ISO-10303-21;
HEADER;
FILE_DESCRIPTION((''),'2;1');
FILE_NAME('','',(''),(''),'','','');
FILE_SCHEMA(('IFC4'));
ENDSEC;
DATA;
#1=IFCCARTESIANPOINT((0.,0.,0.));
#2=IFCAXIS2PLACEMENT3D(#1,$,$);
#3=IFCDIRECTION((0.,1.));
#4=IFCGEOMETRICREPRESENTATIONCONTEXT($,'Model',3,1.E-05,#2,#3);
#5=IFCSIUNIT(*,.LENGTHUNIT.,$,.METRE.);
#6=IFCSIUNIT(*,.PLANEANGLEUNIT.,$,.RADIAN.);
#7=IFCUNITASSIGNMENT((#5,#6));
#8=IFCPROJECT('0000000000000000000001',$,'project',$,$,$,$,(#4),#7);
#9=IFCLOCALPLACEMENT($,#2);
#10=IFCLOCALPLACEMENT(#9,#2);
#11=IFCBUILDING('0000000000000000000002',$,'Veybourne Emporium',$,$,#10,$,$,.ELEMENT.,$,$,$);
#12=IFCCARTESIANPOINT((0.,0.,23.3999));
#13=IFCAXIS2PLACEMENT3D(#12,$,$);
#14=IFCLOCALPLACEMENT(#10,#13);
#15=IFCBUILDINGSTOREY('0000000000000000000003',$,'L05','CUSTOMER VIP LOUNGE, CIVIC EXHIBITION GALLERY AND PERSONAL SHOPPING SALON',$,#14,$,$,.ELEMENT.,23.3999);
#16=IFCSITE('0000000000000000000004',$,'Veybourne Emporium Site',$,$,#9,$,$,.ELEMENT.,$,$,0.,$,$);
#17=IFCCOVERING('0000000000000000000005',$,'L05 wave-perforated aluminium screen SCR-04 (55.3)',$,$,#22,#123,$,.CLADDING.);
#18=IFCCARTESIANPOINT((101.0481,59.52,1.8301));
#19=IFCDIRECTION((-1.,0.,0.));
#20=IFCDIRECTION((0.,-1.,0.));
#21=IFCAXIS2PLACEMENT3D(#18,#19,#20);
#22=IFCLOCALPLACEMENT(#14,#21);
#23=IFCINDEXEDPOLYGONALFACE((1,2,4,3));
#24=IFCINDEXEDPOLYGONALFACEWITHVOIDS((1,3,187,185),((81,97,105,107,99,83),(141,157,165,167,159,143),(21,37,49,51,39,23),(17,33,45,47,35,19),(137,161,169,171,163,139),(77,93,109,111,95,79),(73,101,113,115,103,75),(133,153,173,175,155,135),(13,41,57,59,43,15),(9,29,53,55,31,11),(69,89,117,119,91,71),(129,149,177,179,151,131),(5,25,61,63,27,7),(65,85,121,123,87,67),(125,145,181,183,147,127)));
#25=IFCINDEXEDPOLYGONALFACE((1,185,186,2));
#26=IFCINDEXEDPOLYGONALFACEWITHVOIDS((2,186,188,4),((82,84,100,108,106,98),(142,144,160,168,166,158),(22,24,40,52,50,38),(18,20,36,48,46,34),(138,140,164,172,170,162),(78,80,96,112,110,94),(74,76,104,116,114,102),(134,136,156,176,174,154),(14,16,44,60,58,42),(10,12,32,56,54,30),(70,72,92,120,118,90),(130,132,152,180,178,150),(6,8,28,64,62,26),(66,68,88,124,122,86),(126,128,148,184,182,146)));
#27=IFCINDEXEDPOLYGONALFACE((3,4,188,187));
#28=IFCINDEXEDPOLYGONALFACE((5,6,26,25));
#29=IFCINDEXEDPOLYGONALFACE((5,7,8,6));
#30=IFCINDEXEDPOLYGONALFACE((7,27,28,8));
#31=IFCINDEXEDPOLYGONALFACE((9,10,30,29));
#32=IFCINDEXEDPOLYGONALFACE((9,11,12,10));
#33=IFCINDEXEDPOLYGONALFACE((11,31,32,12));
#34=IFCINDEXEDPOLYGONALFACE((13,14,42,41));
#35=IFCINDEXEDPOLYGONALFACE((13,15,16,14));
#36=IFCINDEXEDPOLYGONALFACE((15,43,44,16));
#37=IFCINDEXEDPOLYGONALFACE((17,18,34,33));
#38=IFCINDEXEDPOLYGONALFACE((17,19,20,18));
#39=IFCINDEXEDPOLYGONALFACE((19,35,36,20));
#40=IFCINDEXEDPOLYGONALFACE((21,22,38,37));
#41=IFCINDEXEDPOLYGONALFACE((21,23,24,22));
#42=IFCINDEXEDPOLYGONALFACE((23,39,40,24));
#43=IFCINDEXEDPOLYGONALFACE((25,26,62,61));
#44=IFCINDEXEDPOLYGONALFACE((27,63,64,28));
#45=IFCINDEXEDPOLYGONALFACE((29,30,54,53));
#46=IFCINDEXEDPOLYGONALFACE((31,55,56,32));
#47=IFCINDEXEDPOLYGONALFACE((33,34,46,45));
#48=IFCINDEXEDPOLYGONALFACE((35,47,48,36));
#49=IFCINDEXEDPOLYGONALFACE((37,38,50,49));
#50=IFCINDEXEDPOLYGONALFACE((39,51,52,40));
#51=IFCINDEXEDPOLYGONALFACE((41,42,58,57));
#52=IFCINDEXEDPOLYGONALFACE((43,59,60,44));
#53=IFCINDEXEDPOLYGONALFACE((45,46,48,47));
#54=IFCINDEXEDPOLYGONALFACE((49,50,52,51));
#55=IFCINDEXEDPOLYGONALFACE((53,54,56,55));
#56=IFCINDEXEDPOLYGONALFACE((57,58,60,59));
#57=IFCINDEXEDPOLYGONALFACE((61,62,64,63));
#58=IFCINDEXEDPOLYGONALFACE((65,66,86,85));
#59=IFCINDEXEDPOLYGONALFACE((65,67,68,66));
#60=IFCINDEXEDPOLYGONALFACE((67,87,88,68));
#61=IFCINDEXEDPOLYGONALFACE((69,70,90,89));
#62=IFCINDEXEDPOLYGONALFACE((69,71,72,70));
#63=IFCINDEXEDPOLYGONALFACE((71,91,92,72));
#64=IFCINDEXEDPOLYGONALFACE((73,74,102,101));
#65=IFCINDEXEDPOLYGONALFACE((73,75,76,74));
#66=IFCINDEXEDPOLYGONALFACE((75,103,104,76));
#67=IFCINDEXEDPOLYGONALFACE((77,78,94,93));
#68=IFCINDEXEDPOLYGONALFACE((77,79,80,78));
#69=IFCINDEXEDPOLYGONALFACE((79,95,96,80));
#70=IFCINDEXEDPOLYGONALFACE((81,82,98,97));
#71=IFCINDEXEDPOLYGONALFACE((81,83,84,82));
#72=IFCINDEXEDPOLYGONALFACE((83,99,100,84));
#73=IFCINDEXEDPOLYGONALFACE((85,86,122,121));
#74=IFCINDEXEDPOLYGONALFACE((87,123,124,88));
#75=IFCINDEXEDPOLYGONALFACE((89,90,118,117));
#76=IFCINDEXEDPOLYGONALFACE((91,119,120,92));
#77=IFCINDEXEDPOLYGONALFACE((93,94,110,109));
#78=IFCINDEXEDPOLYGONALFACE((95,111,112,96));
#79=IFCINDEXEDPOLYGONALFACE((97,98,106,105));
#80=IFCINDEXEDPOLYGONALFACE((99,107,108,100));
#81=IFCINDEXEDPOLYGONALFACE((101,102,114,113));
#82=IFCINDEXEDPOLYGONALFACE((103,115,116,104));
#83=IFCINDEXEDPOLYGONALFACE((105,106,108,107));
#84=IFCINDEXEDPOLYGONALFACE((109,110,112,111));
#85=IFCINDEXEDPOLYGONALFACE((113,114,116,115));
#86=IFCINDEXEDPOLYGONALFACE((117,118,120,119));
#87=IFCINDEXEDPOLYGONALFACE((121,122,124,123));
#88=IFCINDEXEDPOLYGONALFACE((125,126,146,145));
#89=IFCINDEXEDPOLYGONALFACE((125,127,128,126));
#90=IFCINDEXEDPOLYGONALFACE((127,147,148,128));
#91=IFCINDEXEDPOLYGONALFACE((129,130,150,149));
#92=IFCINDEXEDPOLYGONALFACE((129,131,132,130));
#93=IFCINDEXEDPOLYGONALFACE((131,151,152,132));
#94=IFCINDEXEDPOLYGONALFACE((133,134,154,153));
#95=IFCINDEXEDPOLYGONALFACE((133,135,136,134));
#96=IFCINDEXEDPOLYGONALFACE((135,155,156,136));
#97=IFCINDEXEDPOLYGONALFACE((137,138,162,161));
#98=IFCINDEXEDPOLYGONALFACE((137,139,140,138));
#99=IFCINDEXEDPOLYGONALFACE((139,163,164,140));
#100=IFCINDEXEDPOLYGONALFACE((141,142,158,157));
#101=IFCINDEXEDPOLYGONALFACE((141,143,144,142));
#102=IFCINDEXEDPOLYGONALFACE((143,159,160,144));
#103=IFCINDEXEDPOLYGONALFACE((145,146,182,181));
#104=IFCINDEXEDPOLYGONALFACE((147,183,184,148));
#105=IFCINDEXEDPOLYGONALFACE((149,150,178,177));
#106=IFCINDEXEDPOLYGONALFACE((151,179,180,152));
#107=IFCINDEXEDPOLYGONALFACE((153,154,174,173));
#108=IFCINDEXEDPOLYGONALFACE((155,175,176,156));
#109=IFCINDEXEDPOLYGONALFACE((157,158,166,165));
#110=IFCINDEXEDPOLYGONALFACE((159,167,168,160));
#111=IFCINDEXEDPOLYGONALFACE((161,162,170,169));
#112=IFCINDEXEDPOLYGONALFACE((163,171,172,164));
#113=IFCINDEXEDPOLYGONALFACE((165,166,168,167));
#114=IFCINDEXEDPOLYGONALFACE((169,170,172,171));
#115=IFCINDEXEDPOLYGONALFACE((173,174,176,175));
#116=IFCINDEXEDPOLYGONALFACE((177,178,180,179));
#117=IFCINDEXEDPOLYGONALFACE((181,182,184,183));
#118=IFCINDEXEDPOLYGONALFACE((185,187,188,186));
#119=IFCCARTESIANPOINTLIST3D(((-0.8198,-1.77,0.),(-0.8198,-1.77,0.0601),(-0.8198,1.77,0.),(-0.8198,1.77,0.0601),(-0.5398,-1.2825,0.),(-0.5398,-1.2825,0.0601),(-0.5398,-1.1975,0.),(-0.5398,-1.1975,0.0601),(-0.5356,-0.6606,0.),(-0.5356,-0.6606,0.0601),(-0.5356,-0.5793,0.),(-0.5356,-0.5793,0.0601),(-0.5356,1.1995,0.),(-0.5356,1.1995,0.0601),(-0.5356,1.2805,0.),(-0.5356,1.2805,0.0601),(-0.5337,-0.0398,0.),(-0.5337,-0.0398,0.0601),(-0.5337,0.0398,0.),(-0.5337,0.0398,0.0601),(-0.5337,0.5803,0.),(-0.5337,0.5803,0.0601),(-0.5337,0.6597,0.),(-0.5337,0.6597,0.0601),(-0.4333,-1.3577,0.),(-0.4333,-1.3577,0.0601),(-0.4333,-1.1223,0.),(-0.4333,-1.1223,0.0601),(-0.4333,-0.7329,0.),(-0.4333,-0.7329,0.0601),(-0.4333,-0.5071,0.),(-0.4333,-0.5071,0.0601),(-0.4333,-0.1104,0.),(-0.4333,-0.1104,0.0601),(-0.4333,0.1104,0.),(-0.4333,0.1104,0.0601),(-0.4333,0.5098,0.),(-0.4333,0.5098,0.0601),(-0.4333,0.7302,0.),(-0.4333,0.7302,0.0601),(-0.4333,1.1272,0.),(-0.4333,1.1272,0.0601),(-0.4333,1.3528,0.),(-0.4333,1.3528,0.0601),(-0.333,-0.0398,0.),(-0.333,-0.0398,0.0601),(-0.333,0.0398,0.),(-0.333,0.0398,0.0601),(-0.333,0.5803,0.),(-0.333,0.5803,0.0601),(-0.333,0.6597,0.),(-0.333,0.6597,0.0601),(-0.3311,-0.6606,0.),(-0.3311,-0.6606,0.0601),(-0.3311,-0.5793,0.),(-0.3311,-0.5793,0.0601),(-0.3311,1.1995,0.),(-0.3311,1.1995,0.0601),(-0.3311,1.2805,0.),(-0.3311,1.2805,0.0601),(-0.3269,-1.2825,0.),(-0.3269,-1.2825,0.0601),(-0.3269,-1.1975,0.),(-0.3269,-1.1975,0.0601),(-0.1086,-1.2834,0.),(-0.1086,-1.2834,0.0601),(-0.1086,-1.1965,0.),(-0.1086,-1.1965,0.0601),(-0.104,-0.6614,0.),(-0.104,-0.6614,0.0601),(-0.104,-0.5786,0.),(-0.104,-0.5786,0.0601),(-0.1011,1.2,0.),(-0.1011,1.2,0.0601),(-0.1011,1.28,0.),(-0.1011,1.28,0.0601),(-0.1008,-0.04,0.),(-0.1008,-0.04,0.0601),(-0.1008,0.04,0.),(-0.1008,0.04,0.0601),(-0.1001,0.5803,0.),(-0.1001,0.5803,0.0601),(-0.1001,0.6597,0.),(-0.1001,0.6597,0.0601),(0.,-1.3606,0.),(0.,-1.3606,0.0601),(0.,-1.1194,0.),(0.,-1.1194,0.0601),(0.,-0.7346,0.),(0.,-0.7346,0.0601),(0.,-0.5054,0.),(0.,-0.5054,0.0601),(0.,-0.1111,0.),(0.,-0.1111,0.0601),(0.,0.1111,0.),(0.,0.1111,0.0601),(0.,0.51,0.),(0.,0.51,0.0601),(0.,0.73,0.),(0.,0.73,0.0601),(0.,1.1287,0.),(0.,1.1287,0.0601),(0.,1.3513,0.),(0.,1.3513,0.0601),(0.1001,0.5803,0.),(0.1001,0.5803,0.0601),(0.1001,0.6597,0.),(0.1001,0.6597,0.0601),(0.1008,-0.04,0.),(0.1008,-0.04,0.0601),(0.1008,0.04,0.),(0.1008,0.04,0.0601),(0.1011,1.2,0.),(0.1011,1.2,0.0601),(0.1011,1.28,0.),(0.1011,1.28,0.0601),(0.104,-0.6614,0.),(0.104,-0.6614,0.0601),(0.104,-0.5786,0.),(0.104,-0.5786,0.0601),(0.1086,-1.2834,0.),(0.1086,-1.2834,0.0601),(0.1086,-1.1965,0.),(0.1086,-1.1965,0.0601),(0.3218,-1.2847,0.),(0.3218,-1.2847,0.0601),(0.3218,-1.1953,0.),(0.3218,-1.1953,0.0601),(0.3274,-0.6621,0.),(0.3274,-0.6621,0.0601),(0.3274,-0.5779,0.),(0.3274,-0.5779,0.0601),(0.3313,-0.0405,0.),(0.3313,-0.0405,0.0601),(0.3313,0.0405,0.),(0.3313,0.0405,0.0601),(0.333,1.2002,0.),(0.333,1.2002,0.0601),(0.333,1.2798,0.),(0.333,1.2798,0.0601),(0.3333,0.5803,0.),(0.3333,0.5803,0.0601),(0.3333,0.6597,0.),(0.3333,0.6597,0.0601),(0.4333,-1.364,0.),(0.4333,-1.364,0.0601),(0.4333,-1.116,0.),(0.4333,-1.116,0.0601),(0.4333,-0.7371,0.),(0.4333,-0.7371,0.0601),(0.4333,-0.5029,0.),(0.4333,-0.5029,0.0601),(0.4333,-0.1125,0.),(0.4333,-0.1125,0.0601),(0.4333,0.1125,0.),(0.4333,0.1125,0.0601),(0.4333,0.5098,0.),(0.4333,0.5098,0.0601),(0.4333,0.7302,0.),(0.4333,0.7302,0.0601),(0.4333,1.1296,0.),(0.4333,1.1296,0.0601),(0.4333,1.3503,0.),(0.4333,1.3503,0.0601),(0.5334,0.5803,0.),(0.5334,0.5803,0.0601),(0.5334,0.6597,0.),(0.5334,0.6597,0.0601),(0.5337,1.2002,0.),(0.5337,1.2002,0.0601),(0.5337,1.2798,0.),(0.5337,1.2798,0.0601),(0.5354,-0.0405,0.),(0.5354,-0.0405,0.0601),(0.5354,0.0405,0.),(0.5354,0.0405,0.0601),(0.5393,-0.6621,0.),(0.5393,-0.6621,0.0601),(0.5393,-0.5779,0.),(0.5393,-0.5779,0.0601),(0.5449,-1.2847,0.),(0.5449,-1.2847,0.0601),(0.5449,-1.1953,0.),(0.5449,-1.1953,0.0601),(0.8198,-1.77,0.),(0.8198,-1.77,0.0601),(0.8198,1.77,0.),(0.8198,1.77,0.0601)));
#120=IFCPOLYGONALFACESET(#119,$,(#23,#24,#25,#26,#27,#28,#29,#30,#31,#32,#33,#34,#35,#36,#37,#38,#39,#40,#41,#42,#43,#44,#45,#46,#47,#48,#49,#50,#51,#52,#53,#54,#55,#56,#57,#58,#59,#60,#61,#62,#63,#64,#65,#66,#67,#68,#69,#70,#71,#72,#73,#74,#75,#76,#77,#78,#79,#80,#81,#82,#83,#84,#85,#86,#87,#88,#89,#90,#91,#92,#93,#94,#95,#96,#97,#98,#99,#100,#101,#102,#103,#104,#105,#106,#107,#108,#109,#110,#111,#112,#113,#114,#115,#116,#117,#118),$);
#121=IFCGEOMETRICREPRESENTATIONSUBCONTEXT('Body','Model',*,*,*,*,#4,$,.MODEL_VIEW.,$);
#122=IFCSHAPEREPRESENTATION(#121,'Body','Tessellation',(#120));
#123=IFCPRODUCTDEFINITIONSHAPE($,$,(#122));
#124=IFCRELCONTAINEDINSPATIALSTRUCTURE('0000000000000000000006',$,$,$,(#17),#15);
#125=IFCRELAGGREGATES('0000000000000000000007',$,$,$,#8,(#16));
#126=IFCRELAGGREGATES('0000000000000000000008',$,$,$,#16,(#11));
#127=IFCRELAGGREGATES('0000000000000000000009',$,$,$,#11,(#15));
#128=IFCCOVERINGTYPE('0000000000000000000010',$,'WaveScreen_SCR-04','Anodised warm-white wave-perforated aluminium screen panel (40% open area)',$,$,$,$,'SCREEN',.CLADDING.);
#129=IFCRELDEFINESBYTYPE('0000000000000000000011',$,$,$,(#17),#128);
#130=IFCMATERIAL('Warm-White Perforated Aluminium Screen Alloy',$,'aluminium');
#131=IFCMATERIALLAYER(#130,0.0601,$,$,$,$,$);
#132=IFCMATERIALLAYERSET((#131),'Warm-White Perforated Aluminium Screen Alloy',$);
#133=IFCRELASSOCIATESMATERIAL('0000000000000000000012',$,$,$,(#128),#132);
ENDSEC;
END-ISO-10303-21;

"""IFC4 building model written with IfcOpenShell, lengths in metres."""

from ifc_helpers import new_model, si_unit, direction, frame, origin, place, context, subcontext, project, spatial, polyline, outline, extrude, material, layer, layer_set, type_object, element, save


model = new_model("IFC4")

# Units and contexts
model_context = context("Model", 3, precision=1e-05, world=origin(), true_north=direction((0.0, 1.0)))
body_context = subcontext(model_context, "Body", "Model", "MODEL_VIEW")
ifc_project = project(units=[si_unit("LENGTHUNIT", "METRE"), si_unit("PLANEANGLEUNIT", "RADIAN")], contexts=[model_context])

# Site, building, storey
site_placement = place(None, origin())
site = spatial("IfcSite", under=ifc_project, at=site_placement, Name="Veybourne Emporium Site", CompositionType="ELEMENT", RefElevation=0.0)
building_placement = place(site_placement, origin())
building = spatial("IfcBuilding", under=site, at=building_placement, Name="Veybourne Emporium", CompositionType="ELEMENT")
storey_placement = place(building_placement, frame((0.0, 0.0, 23.3999)))
storey = spatial("IfcBuildingStorey", under=building, at=storey_placement, Name="L05", Description="CUSTOMER VIP LOUNGE, CIVIC EXHIBITION GALLERY AND PERSONAL SHOPPING SALON", CompositionType="ELEMENT", Elevation=23.3999)

# Covering
ifc_material_1 = material(Name="Warm-White Perforated Aluminium Screen Alloy", Category="aluminium")
ifc_layer_1 = layer(ifc_material_1, 0.0601)
ifc_layer_set_1 = layer_set([ifc_layer_1], Name="Warm-White Perforated Aluminium Screen Alloy")
covering_type_1 = type_object("IfcCoveringType", Name="WaveScreen_SCR-04", Description="Anodised warm-white wave-perforated aluminium screen panel (40% open area)", ElementType="SCREEN", PredefinedType="CLADDING", material=ifc_layer_set_1)
covering_1_placement = place(storey_placement, frame((101.0481, 59.52, 1.8301), z_axis=(-1.0, 0.0, 0.0), x_axis=(0.0, -1.0, 0.0)))
element("IfcCovering", 1, at=covering_1_placement, inside=storey, type_object=covering_type_1, Name="L05 wave-perforated aluminium screen SCR-04 (55.3)", PredefinedType="CLADDING", context=body_context, shape_type="SweptSolid", body=[
    extrude(outline(polyline([(-0.8198, -1.77), (0.8198, -1.77), (0.8198, 1.77), (-0.8198, 1.77), (-0.8198, -1.77)]), holes=[polyline([(-0.4333, -1.1223), (-0.3269, -1.1975), (-0.3269, -1.2825), (-0.4333, -1.3577), (-0.5398, -1.2825), (-0.5398, -1.1975), (-0.4333, -1.1223)]), polyline([(-0.4333, -0.5071), (-0.3311, -0.5793), (-0.3311, -0.6606), (-0.4333, -0.7329), (-0.5356, -0.6606), (-0.5356, -0.5793), (-0.4333, -0.5071)]), polyline([(-0.4333, 0.1104), (-0.333, 0.0398), (-0.333, -0.0398), (-0.4333, -0.1104), (-0.5337, -0.0398), (-0.5337, 0.0398), (-0.4333, 0.1104)]), polyline([(-0.4333, 0.7302), (-0.333, 0.6597), (-0.333, 0.5803), (-0.4333, 0.5098), (-0.5337, 0.5803), (-0.5337, 0.6597), (-0.4333, 0.7302)]), polyline([(-0.4333, 1.3528), (-0.3311, 1.2805), (-0.3311, 1.1995), (-0.4333, 1.1272), (-0.5356, 1.1995), (-0.5356, 1.2805), (-0.4333, 1.3528)]), polyline([(0.0, -1.1194), (0.1086, -1.1965), (0.1086, -1.2834), (0.0, -1.3606), (-0.1086, -1.2834), (-0.1086, -1.1965), (0.0, -1.1194)]), polyline([(0.0, -0.5054), (0.104, -0.5786), (0.104, -0.6614), (0.0, -0.7346), (-0.104, -0.6614), (-0.104, -0.5786), (0.0, -0.5054)]), polyline([(0.0, 0.1111), (0.1008, 0.04), (0.1008, -0.04), (0.0, -0.1111), (-0.1008, -0.04), (-0.1008, 0.04), (0.0, 0.1111)]), polyline([(0.0, 0.73), (0.1001, 0.6597), (0.1001, 0.5803), (0.0, 0.51), (-0.1001, 0.5803), (-0.1001, 0.6597), (0.0, 0.73)]), polyline([(0.0, 1.3513), (0.1011, 1.28), (0.1011, 1.2), (0.0, 1.1287), (-0.1011, 1.2), (-0.1011, 1.28), (0.0, 1.3513)]), polyline([(0.4333, -1.116), (0.5449, -1.1953), (0.5449, -1.2847), (0.4333, -1.364), (0.3218, -1.2847), (0.3218, -1.1953), (0.4333, -1.116)]), polyline([(0.4333, -0.5029), (0.5393, -0.5779), (0.5393, -0.6621), (0.4333, -0.7371), (0.3274, -0.6621), (0.3274, -0.5779), (0.4333, -0.5029)]), polyline([(0.4333, 0.1125), (0.5354, 0.0405), (0.5354, -0.0405), (0.4333, -0.1125), (0.3313, -0.0405), (0.3313, 0.0405), (0.4333, 0.1125)]), polyline([(0.4333, 0.7302), (0.5334, 0.6597), (0.5334, 0.5803), (0.4333, 0.5098), (0.3333, 0.5803), (0.3333, 0.6597), (0.4333, 0.7302)]), polyline([(0.4333, 1.3503), (0.5337, 1.2798), (0.5337, 1.2002), (0.4333, 1.1296), (0.333, 1.2002), (0.333, 1.2798), (0.4333, 1.3503)])]), origin(), (0.0, 0.0, 1.0), 0.0601),
])

save(model, "model.ifc")
